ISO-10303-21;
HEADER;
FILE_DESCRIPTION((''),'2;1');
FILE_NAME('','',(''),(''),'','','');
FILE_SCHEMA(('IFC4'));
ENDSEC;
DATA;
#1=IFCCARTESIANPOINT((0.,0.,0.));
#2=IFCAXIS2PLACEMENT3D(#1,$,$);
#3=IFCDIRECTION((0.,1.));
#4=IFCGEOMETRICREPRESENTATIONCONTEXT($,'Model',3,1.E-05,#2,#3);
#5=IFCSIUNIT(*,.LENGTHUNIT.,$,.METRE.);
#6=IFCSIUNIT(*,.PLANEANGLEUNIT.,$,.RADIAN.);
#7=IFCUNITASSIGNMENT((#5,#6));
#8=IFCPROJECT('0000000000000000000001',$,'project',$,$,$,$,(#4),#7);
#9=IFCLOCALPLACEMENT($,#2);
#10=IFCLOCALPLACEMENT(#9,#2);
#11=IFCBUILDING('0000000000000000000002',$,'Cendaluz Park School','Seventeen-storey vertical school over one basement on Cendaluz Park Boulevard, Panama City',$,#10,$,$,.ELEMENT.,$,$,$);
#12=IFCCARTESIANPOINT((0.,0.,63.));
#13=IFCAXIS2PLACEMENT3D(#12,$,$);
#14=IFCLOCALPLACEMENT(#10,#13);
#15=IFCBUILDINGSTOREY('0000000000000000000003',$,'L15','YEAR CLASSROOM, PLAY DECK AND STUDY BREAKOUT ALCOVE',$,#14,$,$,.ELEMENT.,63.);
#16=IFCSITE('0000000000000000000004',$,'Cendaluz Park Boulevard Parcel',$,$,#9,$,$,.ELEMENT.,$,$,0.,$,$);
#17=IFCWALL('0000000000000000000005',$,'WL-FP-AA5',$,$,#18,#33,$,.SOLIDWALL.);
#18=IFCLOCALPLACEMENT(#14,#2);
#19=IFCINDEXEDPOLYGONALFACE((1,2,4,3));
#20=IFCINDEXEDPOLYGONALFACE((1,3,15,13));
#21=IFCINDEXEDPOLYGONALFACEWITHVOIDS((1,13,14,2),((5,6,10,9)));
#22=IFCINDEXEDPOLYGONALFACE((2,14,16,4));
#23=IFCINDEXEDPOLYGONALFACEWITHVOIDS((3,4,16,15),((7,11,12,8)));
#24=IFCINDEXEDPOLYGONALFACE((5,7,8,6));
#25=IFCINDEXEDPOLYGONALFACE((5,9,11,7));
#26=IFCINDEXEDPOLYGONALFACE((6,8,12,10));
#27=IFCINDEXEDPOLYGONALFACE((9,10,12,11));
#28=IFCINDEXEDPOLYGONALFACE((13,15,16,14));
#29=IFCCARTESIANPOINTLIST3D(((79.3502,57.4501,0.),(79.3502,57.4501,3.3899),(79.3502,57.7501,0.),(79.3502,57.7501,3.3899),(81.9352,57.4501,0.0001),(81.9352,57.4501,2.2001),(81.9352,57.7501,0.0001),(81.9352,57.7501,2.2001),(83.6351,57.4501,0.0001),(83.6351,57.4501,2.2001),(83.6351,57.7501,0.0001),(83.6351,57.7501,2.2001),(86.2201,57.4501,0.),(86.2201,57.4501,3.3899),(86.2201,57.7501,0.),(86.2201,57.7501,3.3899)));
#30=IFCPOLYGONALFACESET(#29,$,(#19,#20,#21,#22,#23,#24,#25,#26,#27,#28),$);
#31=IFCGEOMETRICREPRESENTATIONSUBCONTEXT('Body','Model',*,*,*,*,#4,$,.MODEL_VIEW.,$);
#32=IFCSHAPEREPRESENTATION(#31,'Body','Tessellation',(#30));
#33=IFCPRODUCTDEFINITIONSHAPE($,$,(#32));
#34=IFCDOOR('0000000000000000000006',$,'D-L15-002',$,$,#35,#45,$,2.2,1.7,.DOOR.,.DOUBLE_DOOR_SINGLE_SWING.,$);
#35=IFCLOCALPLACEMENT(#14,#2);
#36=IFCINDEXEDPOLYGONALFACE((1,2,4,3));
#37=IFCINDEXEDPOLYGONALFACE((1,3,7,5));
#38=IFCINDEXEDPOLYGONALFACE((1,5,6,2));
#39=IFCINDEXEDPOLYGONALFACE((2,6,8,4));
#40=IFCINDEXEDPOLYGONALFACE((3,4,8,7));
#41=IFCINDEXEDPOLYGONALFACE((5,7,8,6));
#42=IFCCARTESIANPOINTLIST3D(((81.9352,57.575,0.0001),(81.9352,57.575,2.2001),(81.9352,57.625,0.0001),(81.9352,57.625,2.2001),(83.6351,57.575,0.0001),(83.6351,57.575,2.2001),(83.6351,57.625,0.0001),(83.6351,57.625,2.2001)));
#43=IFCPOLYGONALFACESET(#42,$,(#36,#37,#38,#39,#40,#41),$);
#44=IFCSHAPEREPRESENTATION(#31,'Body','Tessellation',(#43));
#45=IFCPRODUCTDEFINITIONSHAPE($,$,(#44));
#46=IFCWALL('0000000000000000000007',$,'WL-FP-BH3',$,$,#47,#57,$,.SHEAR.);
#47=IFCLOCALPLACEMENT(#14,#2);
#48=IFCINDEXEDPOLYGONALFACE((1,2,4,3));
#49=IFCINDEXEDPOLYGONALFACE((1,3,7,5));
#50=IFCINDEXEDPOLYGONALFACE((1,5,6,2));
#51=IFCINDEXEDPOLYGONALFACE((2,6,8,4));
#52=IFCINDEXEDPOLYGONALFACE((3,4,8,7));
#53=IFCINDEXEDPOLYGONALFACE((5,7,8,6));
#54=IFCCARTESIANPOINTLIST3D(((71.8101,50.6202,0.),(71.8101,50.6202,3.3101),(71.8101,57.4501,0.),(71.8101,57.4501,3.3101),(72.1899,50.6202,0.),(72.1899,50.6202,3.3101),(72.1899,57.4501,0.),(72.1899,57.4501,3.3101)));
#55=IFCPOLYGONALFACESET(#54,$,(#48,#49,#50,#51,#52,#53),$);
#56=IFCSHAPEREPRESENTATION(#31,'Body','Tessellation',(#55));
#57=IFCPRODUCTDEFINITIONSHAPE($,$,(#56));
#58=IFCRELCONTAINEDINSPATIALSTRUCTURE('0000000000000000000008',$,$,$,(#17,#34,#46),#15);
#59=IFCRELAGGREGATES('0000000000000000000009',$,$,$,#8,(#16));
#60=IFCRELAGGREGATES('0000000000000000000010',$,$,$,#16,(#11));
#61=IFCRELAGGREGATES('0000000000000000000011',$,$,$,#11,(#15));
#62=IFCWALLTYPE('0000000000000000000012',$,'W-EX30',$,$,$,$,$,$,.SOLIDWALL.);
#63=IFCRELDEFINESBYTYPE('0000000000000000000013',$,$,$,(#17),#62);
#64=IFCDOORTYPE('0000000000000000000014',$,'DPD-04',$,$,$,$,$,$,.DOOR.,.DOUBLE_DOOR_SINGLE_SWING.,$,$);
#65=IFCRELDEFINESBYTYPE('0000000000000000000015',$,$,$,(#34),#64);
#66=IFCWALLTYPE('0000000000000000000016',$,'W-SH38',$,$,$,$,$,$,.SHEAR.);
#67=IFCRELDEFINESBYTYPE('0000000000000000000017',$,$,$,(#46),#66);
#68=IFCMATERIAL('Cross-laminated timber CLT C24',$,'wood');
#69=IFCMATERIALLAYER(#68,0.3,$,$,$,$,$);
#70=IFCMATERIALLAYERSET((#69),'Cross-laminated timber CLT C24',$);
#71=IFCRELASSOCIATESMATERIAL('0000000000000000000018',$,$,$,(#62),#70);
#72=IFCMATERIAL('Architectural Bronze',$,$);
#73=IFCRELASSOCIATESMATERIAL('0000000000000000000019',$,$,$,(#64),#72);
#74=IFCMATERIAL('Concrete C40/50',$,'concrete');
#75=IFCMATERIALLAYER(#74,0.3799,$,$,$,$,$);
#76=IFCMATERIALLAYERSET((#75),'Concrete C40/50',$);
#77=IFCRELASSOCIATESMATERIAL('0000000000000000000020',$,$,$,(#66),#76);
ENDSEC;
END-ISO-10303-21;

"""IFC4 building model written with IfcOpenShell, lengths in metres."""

from ifc_helpers import new_model, si_unit, direction, frame, frame_2d, origin, place, context, subcontext, project, spatial, rectangle, extrude, material, layer, layer_set, type_object, element, fill, save


model = new_model("IFC4")

# Units and contexts
model_context = context("Model", 3, precision=1e-05, world=origin(), true_north=direction((0.0, 1.0)))
body_context = subcontext(model_context, "Body", "Model", "MODEL_VIEW")
ifc_project = project(units=[si_unit("LENGTHUNIT", "METRE"), si_unit("PLANEANGLEUNIT", "RADIAN")], contexts=[model_context])

# Site, building, storey
site_placement = place(None, origin())
site = spatial("IfcSite", under=ifc_project, at=site_placement, Name="Cendaluz Park Boulevard Parcel", CompositionType="ELEMENT", RefElevation=0.0)
building_placement = place(site_placement, origin())
building = spatial("IfcBuilding", under=site, at=building_placement, Name="Cendaluz Park School", Description="Seventeen-storey vertical school over one basement on Cendaluz Park Boulevard, Panama City", CompositionType="ELEMENT")
storey_placement = place(building_placement, frame((0.0, 0.0, 63.0)))
storey = spatial("IfcBuildingStorey", under=building, at=storey_placement, Name="L15", Description="YEAR CLASSROOM, PLAY DECK AND STUDY BREAKOUT ALCOVE", CompositionType="ELEMENT", Elevation=63.0)

# Wall, opening, door
ifc_material_1 = material(Name="Cross-laminated timber CLT C24", Category="wood")
ifc_layer_1 = layer(ifc_material_1, 0.3)
ifc_layer_set_1 = layer_set([ifc_layer_1], Name="Cross-laminated timber CLT C24")
wall_type_1 = type_object("IfcWallType", Name="W-EX30", PredefinedType="SOLIDWALL", material=ifc_layer_set_1)
ifc_material_2 = material(Name="Architectural Bronze")
wall_1_placement = place(storey_placement, frame((79.3501, 57.6001, 0.0), z_axis=(0.0, 0.0, 1.0), x_axis=(1.0, 0.0, 0.0)))
wall_1 = element("IfcWall", 1, at=wall_1_placement, inside=storey, type_object=wall_type_1, Name="WL-FP-AA5", PredefinedType="SOLIDWALL", context=body_context, shape_type="SweptSolid", body=[
    extrude(rectangle(XDim=6.8699, YDim=0.3, at=frame_2d((3.4351, 0.0))), origin(), (0.0, 0.0, 1.0), 3.3899),
])
opening_1_placement = place(wall_1_placement, frame((2.585, 0.0, 0.0)))
opening_1 = element("IfcOpeningElement", 2, at=opening_1_placement, cuts=wall_1, PredefinedType="OPENING", context=body_context, shape_type="SweptSolid", body=[
    extrude(rectangle(XDim=1.7, YDim=2.2, at=frame_2d((0.8501, 1.1001))), frame((0.0, 0.1621, 0.0), z_axis=(0.0, -1.0, 0.0), x_axis=(1.0, 0.0, 0.0)), (0.0, 0.0, 1.0), 0.324),
])
door_type_1 = type_object("IfcDoorType", Name="DPD-04", OperationType="DOUBLE_DOOR_SINGLE_SWING", PredefinedType="DOOR", material=ifc_material_2)
door_1_placement = place(opening_1_placement, origin())
door_1 = element("IfcDoor", 3, at=door_1_placement, inside=storey, type_object=door_type_1, Name="D-L15-002", OperationType="DOUBLE_DOOR_SINGLE_SWING", OverallHeight=2.2, OverallWidth=1.7, PredefinedType="DOOR", context=body_context, shape_type="SweptSolid", body=[
    extrude(rectangle(XDim=1.7, YDim=2.2, at=frame_2d((0.8501, 1.1001))), frame((0.0, 0.0249, 0.0), z_axis=(0.0, -1.0, 0.0), x_axis=(1.0, 0.0, 0.0)), (0.0, 0.0, 1.0), 0.05),
])
fill(opening_1, door_1)

# Wall
ifc_material_3 = material(Name="Concrete C40/50", Category="concrete")
ifc_layer_2 = layer(ifc_material_3, 0.3799)
ifc_layer_set_2 = layer_set([ifc_layer_2], Name="Concrete C40/50")
wall_type_2 = type_object("IfcWallType", Name="W-SH38", PredefinedType="SHEAR", material=ifc_layer_set_2)
wall_2_placement = place(storey_placement, frame((72.0, 50.6201, 0.0), z_axis=(0.0, 0.0, 1.0), x_axis=(0.0, 1.0, 0.0)))
element("IfcWall", 4, at=wall_2_placement, inside=storey, type_object=wall_type_2, Name="WL-FP-BH3", PredefinedType="SHEAR", context=body_context, shape_type="SweptSolid", body=[
    extrude(rectangle(XDim=6.8298, YDim=0.3799, at=frame_2d((3.415, 0.0))), origin(), (0.0, 0.0, 1.0), 3.3101),
])

save(model, "model.ifc")
